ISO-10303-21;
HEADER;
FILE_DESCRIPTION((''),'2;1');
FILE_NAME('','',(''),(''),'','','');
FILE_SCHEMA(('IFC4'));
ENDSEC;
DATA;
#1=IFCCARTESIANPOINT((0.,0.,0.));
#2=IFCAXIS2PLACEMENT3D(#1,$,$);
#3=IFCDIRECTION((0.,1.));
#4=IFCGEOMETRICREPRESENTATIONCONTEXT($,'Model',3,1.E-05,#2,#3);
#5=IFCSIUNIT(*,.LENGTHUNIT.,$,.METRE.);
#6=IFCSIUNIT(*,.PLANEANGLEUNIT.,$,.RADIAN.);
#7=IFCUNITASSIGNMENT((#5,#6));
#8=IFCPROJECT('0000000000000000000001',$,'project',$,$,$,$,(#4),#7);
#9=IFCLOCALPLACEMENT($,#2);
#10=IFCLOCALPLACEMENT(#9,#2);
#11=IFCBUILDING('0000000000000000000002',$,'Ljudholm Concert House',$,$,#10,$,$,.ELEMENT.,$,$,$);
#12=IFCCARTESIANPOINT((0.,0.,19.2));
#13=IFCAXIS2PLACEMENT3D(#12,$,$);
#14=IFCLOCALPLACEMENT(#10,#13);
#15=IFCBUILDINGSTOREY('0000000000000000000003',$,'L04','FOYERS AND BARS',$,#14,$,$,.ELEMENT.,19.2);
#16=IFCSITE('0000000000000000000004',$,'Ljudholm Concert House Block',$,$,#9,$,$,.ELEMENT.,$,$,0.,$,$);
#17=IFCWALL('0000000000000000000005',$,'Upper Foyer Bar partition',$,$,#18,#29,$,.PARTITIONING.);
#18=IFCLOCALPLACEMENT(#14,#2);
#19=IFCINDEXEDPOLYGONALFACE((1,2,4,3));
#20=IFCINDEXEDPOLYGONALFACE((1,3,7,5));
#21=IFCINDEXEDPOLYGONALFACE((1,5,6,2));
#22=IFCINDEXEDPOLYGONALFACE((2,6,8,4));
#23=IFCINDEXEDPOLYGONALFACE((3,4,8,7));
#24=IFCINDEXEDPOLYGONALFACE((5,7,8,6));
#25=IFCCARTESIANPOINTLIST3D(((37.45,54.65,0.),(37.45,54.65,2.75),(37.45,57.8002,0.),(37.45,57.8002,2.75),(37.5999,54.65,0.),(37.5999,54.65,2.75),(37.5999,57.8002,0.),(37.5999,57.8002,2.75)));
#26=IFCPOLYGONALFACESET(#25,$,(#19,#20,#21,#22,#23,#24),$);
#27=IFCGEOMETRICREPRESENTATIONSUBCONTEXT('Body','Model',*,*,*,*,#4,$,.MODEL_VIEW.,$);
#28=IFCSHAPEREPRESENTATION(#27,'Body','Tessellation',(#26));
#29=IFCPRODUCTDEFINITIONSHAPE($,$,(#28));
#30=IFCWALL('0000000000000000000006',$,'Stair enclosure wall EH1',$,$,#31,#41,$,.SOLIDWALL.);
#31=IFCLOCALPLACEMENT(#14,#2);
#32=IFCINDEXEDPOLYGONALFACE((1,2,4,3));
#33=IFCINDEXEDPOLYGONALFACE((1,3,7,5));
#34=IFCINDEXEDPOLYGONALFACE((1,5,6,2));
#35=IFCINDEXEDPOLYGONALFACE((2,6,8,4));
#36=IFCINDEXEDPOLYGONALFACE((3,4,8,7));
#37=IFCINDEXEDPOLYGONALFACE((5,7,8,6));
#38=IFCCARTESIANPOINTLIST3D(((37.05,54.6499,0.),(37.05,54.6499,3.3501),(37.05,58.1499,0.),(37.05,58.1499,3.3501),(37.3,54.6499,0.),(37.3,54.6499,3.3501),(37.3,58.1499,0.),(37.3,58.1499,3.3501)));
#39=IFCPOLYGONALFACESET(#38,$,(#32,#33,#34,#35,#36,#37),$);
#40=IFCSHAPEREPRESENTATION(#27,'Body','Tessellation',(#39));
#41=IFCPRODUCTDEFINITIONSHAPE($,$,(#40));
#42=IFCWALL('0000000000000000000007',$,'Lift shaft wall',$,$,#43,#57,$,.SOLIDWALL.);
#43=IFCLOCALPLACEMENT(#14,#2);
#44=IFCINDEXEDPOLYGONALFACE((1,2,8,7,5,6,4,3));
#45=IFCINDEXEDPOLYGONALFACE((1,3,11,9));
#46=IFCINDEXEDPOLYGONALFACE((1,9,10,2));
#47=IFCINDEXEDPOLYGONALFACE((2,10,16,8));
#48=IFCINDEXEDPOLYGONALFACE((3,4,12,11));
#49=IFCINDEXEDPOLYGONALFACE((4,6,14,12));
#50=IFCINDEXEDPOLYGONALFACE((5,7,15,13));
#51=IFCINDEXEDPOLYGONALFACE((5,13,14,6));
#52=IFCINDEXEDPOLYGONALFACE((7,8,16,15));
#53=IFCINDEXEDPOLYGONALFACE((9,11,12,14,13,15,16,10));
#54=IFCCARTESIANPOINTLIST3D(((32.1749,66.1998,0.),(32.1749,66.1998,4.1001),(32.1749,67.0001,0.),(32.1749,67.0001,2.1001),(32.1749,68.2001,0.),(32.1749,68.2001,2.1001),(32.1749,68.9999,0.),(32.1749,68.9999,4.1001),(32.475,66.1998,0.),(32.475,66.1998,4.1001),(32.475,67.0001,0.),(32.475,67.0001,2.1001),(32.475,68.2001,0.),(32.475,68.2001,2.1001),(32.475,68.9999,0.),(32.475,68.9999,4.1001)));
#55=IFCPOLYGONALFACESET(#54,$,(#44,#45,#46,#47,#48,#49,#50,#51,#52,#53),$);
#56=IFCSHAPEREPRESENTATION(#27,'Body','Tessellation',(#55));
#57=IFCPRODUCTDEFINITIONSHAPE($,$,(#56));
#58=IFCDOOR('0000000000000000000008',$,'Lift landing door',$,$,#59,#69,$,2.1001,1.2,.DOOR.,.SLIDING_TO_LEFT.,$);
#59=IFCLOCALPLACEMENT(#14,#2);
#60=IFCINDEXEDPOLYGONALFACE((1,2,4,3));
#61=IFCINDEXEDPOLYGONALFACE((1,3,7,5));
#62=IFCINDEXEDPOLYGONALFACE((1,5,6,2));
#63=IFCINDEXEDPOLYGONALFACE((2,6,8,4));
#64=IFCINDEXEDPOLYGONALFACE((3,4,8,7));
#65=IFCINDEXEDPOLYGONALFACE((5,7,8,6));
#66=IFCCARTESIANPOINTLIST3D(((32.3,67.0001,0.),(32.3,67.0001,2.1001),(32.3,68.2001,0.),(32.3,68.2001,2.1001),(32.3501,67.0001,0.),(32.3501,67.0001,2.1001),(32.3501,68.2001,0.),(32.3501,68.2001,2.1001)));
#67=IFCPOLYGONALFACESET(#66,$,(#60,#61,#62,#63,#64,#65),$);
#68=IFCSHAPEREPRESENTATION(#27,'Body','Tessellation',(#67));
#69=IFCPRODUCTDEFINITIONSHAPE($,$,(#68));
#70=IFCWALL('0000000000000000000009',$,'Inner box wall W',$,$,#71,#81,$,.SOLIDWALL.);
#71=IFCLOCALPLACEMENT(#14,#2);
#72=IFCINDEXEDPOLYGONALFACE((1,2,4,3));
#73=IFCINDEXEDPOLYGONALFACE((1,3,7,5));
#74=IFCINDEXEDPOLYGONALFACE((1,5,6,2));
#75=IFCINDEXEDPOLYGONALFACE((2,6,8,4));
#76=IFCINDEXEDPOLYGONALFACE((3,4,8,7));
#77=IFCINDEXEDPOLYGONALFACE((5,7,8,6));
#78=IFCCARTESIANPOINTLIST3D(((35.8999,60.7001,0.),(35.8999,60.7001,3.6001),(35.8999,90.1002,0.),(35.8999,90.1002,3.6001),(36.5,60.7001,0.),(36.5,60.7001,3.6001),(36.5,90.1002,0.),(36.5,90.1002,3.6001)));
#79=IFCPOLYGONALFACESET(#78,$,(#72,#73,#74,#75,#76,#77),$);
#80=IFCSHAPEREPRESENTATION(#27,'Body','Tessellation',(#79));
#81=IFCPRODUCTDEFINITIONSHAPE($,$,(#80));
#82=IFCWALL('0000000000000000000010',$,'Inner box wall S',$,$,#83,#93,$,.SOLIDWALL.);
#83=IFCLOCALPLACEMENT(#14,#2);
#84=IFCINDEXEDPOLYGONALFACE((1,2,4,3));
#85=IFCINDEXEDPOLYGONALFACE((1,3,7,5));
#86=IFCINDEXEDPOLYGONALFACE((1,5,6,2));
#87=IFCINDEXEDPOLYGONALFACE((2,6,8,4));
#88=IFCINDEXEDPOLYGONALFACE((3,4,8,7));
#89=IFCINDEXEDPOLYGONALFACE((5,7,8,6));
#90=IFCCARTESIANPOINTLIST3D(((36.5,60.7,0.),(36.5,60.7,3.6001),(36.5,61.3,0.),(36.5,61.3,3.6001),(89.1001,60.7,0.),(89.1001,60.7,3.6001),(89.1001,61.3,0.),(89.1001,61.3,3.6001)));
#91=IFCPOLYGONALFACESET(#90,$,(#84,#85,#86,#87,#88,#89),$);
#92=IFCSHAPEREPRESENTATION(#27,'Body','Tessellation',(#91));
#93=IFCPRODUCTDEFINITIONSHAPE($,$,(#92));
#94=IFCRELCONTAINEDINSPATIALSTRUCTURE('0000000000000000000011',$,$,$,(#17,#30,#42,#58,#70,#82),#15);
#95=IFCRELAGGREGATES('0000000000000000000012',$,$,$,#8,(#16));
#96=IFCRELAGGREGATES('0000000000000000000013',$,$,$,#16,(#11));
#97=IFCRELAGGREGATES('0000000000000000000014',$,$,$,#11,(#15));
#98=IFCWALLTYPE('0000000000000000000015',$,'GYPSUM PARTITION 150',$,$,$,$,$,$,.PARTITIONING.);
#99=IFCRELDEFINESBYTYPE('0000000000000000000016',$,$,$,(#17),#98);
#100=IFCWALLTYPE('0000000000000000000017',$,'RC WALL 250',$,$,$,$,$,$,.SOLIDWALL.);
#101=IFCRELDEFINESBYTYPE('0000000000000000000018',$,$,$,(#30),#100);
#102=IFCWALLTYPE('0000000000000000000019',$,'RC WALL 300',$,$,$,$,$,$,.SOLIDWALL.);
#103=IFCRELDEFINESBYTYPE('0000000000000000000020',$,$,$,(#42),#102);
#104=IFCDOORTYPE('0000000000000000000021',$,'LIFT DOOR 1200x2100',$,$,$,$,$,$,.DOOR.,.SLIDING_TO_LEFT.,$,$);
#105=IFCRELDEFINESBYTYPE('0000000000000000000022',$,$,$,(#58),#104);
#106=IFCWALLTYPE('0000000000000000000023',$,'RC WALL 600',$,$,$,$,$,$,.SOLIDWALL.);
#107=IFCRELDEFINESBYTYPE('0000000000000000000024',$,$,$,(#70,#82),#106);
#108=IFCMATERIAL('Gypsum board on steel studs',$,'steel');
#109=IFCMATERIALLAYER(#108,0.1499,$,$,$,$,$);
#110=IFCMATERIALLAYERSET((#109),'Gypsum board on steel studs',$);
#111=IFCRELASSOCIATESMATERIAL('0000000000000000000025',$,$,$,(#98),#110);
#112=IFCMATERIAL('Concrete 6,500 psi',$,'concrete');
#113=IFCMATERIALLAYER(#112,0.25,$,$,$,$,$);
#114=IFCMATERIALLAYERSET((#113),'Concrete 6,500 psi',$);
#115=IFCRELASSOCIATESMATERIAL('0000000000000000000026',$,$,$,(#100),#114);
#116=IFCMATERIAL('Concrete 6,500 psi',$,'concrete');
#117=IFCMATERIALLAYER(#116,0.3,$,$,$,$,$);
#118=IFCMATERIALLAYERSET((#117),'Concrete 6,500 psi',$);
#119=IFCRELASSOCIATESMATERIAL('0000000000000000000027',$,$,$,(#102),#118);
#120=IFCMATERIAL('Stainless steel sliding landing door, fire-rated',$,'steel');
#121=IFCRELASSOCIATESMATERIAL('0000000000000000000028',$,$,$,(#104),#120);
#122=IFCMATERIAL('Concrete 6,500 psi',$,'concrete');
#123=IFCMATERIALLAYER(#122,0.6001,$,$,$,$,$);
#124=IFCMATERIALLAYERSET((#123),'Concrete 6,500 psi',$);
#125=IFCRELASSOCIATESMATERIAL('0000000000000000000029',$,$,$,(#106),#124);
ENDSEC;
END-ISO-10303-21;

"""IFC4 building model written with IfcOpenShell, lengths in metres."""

from ifc_helpers import new_model, si_unit, direction, frame, frame_2d, origin, place, context, subcontext, project, spatial, rectangle, extrude, material, layer, layer_set, type_object, element, fill, save


model = new_model("IFC4")

# Units and contexts
model_context = context("Model", 3, precision=1e-05, world=origin(), true_north=direction((0.0, 1.0)))
body_context = subcontext(model_context, "Body", "Model", "MODEL_VIEW")
ifc_project = project(units=[si_unit("LENGTHUNIT", "METRE"), si_unit("PLANEANGLEUNIT", "RADIAN")], contexts=[model_context])

# Site, building, storey
site_placement = place(None, origin())
site = spatial("IfcSite", under=ifc_project, at=site_placement, Name="Ljudholm Concert House Block", CompositionType="ELEMENT", RefElevation=0.0)
building_placement = place(site_placement, origin())
building = spatial("IfcBuilding", under=site, at=building_placement, Name="Ljudholm Concert House", CompositionType="ELEMENT")
storey_placement = place(building_placement, frame((0.0, 0.0, 19.2)))
storey = spatial("IfcBuildingStorey", under=building, at=storey_placement, Name="L04", Description="FOYERS AND BARS", CompositionType="ELEMENT", Elevation=19.2)

# Shared definitions
ifc_material_1 = material(Name="Gypsum board on steel studs", Category="steel")
ifc_layer_1 = layer(ifc_material_1, 0.1499)
ifc_layer_set_1 = layer_set([ifc_layer_1], Name="Gypsum board on steel studs")
wall_type_1 = type_object("IfcWallType", Name="GYPSUM PARTITION 150", PredefinedType="PARTITIONING", material=ifc_layer_set_1)

# Walls
wall_1_placement = place(storey_placement, frame((37.5249, 54.6499, 0.0), z_axis=(0.0, 0.0, 1.0), x_axis=(0.0, 1.0, 0.0)))
element("IfcWall", 1, at=wall_1_placement, inside=storey, type_object=wall_type_1, Name="Upper Foyer Bar partition", PredefinedType="PARTITIONING", context=body_context, shape_type="SweptSolid", body=[
    extrude(rectangle(XDim=3.1501, YDim=0.1499, at=frame_2d((1.5752, 0.0))), origin(), (0.0, 0.0, 1.0), 2.75),
])
ifc_material_2 = material(Name="Concrete 6,500 psi", Category="concrete")
ifc_layer_2 = layer(ifc_material_2, 0.25)
ifc_layer_set_2 = layer_set([ifc_layer_2], Name="Concrete 6,500 psi")
wall_type_2 = type_object("IfcWallType", Name="RC WALL 250", PredefinedType="SOLIDWALL", material=ifc_layer_set_2)
wall_2_placement = place(storey_placement, frame((37.175, 54.6499, 0.0), z_axis=(0.0, 0.0, 1.0), x_axis=(0.0, 1.0, 0.0)))
element("IfcWall", 2, at=wall_2_placement, inside=storey, type_object=wall_type_2, Name="Stair enclosure wall EH1", PredefinedType="SOLIDWALL", context=body_context, shape_type="SweptSolid", body=[
    extrude(rectangle(XDim=3.5, YDim=0.25, at=frame_2d((1.75, 0.0))), origin(), (0.0, 0.0, 1.0), 3.3501),
])

# Wall, opening, door
ifc_material_3 = material(Name="Concrete 6,500 psi", Category="concrete")
ifc_layer_3 = layer(ifc_material_3, 0.3)
ifc_layer_set_3 = layer_set([ifc_layer_3], Name="Concrete 6,500 psi")
wall_type_3 = type_object("IfcWallType", Name="RC WALL 300", PredefinedType="SOLIDWALL", material=ifc_layer_set_3)
wall_3_placement = place(storey_placement, frame((32.325, 66.2, 0.0), z_axis=(0.0, 0.0, 1.0), x_axis=(0.0, 1.0, 0.0)))
wall_3 = element("IfcWall", 3, at=wall_3_placement, inside=storey, type_object=wall_type_3, Name="Lift shaft wall", PredefinedType="SOLIDWALL", context=body_context, shape_type="SweptSolid", body=[
    extrude(rectangle(XDim=2.8, YDim=0.3, at=frame_2d((1.3999, 0.0))), origin(), (0.0, 0.0, 1.0), 4.1001),
])
opening_1_placement = place(wall_3_placement, frame((0.8, 0.0, 0.0)))
opening_1 = element("IfcOpeningElement", 4, at=opening_1_placement, cuts=wall_3, PredefinedType="OPENING", context=body_context, shape_type="SweptSolid", body=[
    extrude(rectangle(XDim=1.2, YDim=2.1001, at=frame_2d((0.6001, 1.05))), frame((0.0, 0.1599, 0.0), z_axis=(0.0, -1.0, 0.0), x_axis=(1.0, 0.0, 0.0)), (0.0, 0.0, 1.0), 0.3201),
])
ifc_material_4 = material(Name="Stainless steel sliding landing door, fire-rated", Category="steel")
door_type_1 = type_object("IfcDoorType", Name="LIFT DOOR 1200x2100", OperationType="SLIDING_TO_LEFT", PredefinedType="DOOR", material=ifc_material_4)
door_1_placement = place(opening_1_placement, origin())
door_1 = element("IfcDoor", 5, at=door_1_placement, inside=storey, type_object=door_type_1, Name="Lift landing door", OperationType="SLIDING_TO_LEFT", OverallHeight=2.1001, OverallWidth=1.2, PredefinedType="DOOR", context=body_context, shape_type="SweptSolid", body=[
    extrude(rectangle(XDim=1.2, YDim=2.1001, at=frame_2d((0.6001, 1.05))), frame((0.0, 0.0249, 0.0), z_axis=(0.0, -1.0, 0.0), x_axis=(1.0, 0.0, 0.0)), (0.0, 0.0, 1.0), 0.05),
])
fill(opening_1, door_1)

# Walls
ifc_material_5 = material(Name="Concrete 6,500 psi", Category="concrete")
ifc_layer_4 = layer(ifc_material_5, 0.6001)
ifc_layer_set_4 = layer_set([ifc_layer_4], Name="Concrete 6,500 psi")
wall_type_4 = type_object("IfcWallType", Name="RC WALL 600", PredefinedType="SOLIDWALL", material=ifc_layer_set_4)
wall_4_placement = place(storey_placement, frame((36.2, 60.7, 0.0), z_axis=(0.0, 0.0, 1.0), x_axis=(0.0, 1.0, 0.0)))
element("IfcWall", 6, at=wall_4_placement, inside=storey, type_object=wall_type_4, Name="Inner box wall W", PredefinedType="SOLIDWALL", context=body_context, shape_type="SweptSolid", body=[
    extrude(rectangle(XDim=29.4001, YDim=0.6001, at=frame_2d((14.7002, 0.0))), origin(), (0.0, 0.0, 1.0), 3.6001),
])
wall_5_placement = place(storey_placement, frame((36.5, 61.0, 0.0), z_axis=(0.0, 0.0, 1.0), x_axis=(1.0, 0.0, 0.0)))
element("IfcWall", 7, at=wall_5_placement, inside=storey, type_object=wall_type_4, Name="Inner box wall S", PredefinedType="SOLIDWALL", context=body_context, shape_type="SweptSolid", body=[
    extrude(rectangle(XDim=52.6001, YDim=0.6001, at=frame_2d((26.3, 0.0))), origin(), (0.0, 0.0, 1.0), 3.6001),
])

save(model, "model.ifc")
